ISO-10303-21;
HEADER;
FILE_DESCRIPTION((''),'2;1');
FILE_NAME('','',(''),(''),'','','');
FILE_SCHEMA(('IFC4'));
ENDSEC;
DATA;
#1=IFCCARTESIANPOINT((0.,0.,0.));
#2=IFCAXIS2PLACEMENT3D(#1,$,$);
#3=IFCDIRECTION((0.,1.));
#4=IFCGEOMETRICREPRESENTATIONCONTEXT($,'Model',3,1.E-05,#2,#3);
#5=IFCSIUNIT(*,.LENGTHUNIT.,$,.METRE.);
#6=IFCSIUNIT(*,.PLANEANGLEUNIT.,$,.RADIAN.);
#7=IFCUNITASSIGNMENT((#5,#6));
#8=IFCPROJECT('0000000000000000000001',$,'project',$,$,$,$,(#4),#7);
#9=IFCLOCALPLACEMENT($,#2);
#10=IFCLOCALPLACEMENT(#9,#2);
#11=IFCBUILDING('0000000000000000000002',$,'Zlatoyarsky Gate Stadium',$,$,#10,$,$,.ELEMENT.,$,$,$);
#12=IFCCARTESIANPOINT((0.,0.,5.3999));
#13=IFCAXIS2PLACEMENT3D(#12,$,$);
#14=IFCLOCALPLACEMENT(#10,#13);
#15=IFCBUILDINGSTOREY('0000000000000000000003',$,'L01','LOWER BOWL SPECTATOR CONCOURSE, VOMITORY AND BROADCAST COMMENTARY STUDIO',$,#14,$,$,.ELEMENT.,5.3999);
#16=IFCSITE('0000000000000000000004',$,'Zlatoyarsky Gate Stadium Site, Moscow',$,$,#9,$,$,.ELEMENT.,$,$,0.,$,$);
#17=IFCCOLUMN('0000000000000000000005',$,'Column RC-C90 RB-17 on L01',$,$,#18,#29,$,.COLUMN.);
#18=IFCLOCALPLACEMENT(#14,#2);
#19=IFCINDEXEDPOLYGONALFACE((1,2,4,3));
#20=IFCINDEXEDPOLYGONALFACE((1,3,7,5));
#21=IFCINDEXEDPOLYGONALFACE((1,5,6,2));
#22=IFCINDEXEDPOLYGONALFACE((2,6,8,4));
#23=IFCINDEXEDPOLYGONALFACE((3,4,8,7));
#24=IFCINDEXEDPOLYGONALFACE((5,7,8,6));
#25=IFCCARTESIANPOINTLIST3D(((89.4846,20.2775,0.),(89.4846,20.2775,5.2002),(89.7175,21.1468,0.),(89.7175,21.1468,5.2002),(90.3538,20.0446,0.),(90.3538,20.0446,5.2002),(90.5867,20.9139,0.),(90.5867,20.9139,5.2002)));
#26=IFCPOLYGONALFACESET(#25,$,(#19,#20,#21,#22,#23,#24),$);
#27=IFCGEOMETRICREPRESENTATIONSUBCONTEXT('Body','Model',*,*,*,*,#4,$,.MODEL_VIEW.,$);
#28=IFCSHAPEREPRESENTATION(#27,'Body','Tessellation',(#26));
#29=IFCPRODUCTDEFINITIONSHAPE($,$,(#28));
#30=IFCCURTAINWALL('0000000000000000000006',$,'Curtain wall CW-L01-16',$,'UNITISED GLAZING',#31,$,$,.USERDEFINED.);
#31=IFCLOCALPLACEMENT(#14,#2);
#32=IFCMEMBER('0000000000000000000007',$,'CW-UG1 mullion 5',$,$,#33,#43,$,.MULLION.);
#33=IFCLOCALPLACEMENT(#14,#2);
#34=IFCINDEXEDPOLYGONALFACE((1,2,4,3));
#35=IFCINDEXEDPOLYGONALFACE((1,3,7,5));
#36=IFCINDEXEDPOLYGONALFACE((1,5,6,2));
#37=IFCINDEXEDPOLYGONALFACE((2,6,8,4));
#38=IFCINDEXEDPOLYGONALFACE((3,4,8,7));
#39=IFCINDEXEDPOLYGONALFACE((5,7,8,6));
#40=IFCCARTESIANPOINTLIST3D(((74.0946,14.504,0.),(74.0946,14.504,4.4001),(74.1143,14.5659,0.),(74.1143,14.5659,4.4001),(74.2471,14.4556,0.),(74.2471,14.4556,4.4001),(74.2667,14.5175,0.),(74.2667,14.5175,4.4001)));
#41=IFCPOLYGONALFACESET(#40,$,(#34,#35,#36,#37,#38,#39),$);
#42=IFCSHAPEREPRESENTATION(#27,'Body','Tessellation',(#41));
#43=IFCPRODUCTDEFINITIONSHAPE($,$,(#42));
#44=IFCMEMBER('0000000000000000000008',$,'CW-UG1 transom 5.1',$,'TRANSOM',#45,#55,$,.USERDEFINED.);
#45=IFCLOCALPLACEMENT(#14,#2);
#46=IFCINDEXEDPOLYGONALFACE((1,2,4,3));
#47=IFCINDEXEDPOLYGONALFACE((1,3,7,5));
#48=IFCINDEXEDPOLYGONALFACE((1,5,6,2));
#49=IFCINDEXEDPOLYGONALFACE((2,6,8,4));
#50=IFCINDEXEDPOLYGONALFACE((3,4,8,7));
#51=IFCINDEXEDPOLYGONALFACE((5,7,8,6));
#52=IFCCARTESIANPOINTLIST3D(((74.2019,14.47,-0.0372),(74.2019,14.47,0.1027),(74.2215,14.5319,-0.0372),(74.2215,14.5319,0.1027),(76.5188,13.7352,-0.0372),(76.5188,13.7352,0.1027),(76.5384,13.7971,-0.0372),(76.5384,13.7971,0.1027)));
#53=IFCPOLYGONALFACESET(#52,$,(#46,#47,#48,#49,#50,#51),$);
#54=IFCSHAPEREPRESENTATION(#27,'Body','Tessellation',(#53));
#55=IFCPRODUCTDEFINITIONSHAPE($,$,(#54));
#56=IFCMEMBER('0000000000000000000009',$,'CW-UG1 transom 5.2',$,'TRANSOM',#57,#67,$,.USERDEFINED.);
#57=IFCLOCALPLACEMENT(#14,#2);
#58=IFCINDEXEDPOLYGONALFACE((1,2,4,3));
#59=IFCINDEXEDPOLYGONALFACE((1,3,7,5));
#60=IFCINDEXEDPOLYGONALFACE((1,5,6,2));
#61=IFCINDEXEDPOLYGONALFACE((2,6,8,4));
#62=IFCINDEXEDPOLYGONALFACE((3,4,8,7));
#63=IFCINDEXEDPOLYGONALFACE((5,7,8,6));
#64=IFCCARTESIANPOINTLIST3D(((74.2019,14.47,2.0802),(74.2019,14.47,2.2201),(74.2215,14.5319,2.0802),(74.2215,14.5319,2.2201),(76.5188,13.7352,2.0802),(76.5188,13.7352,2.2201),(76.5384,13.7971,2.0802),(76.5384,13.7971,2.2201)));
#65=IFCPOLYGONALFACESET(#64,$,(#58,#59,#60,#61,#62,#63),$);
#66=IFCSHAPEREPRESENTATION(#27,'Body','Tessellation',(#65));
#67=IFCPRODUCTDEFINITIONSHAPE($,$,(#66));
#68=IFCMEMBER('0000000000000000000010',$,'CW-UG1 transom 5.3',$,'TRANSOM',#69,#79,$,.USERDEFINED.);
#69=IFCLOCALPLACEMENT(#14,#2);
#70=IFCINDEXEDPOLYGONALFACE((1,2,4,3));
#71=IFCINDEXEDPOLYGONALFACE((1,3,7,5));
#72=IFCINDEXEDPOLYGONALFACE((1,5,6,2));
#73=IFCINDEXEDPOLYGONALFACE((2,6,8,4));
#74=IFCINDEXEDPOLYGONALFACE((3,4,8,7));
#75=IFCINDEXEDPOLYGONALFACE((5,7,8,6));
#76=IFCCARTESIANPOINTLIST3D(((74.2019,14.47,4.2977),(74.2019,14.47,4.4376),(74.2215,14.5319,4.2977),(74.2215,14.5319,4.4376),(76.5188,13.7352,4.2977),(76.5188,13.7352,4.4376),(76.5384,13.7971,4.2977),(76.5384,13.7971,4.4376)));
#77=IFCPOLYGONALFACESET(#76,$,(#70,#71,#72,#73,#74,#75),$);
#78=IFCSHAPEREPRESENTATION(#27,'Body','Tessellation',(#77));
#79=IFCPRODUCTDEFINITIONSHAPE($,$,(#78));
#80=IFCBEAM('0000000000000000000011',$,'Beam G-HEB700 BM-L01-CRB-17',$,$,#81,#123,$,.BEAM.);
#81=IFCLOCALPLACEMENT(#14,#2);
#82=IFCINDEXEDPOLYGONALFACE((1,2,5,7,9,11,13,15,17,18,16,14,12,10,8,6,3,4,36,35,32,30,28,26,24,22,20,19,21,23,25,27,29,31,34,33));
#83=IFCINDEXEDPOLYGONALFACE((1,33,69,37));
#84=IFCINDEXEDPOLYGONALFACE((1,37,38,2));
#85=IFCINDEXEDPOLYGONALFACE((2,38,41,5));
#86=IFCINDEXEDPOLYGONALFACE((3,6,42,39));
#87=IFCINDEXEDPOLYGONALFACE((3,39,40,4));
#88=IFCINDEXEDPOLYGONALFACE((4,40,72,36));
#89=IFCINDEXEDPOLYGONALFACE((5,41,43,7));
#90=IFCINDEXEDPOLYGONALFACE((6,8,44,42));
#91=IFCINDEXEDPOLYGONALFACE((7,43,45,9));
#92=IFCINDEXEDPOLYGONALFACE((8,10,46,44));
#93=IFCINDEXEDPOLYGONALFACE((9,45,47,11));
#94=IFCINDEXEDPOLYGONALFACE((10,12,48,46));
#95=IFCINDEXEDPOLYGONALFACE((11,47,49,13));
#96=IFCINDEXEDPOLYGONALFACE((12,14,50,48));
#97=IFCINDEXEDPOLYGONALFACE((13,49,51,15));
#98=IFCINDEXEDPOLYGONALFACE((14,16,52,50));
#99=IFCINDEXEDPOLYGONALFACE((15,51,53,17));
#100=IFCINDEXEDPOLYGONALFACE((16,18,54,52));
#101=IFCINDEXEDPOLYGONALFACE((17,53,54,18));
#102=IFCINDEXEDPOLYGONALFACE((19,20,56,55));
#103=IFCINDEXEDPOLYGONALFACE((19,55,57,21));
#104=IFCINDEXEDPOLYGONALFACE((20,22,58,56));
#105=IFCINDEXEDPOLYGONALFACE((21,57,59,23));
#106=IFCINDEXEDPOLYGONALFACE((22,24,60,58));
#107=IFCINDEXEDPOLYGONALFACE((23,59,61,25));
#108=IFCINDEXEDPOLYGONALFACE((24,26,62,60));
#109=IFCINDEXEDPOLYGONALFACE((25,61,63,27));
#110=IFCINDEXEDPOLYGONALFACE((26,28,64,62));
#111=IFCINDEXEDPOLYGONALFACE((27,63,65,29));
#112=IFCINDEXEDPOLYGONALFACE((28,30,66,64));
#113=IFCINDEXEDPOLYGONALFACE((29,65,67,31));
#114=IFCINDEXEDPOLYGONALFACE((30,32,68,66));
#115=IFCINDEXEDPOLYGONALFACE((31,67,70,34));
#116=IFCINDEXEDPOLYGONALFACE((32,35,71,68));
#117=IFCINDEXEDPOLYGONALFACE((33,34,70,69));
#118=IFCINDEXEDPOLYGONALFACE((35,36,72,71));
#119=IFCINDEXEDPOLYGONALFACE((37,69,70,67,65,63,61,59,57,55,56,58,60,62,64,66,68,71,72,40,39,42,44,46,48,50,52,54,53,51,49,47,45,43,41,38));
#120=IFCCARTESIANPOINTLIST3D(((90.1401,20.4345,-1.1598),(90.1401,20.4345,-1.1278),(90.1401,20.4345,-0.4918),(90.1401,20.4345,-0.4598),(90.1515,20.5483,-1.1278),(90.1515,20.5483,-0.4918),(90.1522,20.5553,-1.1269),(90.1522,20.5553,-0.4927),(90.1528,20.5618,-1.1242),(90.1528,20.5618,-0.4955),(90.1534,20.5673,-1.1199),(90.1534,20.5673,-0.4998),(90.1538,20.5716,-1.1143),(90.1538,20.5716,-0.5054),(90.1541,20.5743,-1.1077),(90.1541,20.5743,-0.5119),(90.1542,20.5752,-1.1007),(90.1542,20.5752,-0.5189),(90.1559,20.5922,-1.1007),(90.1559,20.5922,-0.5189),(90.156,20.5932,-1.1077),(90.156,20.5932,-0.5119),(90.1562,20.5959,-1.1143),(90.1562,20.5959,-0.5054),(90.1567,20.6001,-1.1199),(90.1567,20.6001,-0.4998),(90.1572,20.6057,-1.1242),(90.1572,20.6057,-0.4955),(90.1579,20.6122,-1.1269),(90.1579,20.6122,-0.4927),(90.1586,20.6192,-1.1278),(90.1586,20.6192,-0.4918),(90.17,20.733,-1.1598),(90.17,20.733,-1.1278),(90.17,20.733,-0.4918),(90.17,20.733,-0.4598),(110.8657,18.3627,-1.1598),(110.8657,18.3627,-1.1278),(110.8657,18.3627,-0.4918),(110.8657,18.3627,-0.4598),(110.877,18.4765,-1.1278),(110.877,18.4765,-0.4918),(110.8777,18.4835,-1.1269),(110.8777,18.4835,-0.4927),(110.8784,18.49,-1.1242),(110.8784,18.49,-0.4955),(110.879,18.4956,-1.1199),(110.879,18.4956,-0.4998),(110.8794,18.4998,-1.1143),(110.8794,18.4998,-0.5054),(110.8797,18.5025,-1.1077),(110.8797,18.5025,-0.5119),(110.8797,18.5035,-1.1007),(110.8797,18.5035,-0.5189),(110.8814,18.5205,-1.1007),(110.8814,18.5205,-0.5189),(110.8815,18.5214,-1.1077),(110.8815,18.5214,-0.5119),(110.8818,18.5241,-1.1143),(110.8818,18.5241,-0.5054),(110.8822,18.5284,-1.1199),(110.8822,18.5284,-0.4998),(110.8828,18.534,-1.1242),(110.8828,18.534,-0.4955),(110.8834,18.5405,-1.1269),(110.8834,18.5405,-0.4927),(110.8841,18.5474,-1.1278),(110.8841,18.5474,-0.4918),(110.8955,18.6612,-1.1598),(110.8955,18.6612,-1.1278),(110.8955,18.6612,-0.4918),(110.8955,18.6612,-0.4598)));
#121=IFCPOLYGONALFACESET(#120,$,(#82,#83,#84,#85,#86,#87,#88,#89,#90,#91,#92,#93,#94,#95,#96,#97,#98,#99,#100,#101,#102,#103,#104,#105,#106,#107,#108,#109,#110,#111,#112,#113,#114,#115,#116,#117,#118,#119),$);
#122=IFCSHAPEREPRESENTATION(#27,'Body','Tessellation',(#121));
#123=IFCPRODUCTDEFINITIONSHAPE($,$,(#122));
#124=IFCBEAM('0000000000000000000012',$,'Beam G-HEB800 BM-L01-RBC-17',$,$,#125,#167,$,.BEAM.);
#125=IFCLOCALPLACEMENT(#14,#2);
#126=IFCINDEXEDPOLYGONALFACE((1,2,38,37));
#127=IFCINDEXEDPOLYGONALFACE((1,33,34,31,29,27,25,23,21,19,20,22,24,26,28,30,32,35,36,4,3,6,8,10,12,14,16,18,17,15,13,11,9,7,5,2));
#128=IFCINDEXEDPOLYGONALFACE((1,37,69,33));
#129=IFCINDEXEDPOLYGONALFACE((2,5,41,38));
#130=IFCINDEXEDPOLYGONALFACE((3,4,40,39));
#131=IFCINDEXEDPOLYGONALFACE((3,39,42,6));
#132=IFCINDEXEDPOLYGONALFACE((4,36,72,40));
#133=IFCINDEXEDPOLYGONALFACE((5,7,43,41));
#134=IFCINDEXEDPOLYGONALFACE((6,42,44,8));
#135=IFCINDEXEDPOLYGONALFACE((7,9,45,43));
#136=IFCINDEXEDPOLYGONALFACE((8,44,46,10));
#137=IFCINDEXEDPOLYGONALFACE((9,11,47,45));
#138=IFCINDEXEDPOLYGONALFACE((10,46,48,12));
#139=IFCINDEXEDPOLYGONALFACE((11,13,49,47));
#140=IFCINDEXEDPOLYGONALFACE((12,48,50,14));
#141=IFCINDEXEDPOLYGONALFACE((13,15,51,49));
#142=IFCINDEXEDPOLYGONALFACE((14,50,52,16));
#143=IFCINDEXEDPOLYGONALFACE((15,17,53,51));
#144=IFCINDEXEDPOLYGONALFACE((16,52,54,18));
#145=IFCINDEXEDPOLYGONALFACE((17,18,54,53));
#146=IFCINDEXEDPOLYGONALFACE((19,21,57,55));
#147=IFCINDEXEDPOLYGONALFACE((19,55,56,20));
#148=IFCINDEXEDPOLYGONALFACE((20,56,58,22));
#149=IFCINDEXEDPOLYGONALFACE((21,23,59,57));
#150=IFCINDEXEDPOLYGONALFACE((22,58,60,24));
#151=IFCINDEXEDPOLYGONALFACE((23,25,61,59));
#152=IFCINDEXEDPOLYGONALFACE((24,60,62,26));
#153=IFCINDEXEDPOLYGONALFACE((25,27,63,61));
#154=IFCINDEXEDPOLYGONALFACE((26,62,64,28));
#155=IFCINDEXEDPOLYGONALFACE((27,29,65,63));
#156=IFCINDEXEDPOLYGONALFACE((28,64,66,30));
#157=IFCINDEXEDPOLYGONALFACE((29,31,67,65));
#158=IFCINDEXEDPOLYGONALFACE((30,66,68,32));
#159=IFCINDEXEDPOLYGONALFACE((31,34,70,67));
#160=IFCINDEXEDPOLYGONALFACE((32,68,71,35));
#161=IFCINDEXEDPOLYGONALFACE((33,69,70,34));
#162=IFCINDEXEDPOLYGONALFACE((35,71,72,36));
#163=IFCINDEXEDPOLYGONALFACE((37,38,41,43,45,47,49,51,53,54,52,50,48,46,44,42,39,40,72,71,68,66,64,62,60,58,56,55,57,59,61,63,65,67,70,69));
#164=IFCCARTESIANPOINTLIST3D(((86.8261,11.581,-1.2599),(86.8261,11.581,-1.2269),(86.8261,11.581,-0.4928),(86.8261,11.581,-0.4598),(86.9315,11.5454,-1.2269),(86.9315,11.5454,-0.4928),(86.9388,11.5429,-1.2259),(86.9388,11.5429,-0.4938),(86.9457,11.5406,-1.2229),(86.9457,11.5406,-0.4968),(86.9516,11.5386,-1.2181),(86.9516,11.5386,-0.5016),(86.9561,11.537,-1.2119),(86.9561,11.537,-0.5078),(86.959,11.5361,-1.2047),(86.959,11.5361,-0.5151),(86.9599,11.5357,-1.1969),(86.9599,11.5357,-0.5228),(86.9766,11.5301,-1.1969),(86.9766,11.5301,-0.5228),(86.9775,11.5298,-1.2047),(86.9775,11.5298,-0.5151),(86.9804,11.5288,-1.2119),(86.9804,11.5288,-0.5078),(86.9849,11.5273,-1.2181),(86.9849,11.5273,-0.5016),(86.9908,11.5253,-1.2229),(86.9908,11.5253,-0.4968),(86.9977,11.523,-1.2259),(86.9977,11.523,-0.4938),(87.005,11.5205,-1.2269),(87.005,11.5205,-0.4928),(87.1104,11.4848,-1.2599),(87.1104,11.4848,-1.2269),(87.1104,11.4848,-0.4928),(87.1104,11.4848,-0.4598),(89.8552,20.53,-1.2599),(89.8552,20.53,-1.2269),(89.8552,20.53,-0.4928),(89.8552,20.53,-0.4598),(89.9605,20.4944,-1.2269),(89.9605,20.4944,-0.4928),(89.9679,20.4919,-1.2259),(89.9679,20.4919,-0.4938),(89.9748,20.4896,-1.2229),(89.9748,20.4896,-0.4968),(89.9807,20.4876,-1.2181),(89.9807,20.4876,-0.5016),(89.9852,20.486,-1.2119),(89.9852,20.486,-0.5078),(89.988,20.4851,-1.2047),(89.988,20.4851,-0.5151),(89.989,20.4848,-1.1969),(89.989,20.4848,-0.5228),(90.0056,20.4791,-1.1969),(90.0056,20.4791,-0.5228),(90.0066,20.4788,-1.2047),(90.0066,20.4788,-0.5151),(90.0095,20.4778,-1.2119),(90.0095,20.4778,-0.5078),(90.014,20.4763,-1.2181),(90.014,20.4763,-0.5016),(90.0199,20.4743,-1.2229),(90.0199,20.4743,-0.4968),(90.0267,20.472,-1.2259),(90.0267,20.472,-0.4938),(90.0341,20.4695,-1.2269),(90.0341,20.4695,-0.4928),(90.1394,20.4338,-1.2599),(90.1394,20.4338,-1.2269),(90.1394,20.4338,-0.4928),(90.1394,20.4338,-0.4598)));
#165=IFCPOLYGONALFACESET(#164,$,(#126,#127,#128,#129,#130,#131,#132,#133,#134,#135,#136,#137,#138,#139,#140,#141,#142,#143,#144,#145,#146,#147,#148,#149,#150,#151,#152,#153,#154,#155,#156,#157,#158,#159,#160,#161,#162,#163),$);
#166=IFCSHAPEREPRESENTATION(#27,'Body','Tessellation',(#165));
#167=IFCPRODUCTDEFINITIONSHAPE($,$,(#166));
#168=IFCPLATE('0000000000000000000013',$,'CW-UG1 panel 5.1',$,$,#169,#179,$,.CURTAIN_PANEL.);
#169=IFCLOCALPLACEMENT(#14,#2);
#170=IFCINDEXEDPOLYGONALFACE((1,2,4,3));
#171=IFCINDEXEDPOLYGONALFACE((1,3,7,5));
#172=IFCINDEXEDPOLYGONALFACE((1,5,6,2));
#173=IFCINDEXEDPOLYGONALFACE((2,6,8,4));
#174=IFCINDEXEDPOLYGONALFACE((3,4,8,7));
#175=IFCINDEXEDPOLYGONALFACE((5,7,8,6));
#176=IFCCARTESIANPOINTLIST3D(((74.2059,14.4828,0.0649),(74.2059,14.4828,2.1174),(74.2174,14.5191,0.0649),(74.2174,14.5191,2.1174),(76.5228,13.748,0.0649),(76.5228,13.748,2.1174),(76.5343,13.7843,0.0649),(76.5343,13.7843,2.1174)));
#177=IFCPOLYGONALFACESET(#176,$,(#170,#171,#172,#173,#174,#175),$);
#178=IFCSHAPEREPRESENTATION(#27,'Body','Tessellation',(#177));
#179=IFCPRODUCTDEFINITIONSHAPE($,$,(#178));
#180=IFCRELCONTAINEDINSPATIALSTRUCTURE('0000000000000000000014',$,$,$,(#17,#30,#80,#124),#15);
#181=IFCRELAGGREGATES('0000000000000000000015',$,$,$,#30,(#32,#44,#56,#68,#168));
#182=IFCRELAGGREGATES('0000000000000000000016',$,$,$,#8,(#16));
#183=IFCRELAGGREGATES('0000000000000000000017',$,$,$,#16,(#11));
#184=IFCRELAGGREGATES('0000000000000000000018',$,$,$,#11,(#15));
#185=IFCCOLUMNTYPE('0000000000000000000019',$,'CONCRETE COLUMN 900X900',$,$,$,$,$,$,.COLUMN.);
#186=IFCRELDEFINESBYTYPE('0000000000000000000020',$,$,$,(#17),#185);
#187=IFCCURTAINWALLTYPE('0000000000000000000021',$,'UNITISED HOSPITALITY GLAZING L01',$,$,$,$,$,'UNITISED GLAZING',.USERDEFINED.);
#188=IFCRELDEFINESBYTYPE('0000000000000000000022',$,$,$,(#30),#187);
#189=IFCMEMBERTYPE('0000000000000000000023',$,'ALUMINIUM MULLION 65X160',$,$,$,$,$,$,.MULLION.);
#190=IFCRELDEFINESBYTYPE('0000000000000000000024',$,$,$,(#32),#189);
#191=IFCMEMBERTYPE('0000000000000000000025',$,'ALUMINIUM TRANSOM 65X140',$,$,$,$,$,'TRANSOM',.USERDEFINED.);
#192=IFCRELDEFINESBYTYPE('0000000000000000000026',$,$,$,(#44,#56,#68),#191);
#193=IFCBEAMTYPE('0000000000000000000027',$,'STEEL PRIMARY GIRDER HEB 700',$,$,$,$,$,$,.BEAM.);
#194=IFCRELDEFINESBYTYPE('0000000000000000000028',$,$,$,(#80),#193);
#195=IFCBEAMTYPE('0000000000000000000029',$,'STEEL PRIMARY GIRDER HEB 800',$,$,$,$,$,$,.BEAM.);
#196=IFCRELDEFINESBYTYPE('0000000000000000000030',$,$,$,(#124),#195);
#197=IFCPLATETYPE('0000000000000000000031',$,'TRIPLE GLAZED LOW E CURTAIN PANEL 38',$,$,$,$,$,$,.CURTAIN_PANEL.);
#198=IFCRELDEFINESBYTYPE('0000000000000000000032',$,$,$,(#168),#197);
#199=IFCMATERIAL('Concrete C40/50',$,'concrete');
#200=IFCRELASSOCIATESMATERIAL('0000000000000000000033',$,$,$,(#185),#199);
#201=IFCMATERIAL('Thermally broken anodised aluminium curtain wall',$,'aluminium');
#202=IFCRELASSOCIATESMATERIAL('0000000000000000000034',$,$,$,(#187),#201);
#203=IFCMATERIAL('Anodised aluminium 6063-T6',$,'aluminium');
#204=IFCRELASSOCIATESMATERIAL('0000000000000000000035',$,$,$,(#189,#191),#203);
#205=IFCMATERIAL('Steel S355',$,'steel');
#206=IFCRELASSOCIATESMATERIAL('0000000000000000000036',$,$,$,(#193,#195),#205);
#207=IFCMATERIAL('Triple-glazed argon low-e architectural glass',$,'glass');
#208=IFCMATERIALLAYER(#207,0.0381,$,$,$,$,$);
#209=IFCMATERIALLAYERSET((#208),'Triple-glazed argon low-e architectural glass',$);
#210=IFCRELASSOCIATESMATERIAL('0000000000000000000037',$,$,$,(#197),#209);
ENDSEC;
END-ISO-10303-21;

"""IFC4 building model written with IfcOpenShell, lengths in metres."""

from ifc_helpers import new_model, si_unit, direction, frame, origin, origin_2d, place, context, subcontext, project, spatial, rectangle, i_section, extrude, material, layer, layer_set, material_profile, profile_set, type_object, element, aggregate, save


model = new_model("IFC4")

# Units and contexts
model_context = context("Model", 3, precision=1e-05, world=origin(), true_north=direction((0.0, 1.0)))
body_context = subcontext(model_context, "Body", "Model", "MODEL_VIEW")
ifc_project = project(units=[si_unit("LENGTHUNIT", "METRE"), si_unit("PLANEANGLEUNIT", "RADIAN")], contexts=[model_context])

# Site, building, storey
site_placement = place(None, origin())
site = spatial("IfcSite", under=ifc_project, at=site_placement, Name="Zlatoyarsky Gate Stadium Site, Moscow", CompositionType="ELEMENT", RefElevation=0.0)
building_placement = place(site_placement, origin())
building = spatial("IfcBuilding", under=site, at=building_placement, Name="Zlatoyarsky Gate Stadium", CompositionType="ELEMENT")
storey_placement = place(building_placement, frame((0.0, 0.0, 5.3999)))
storey = spatial("IfcBuildingStorey", under=building, at=storey_placement, Name="L01", Description="LOWER BOWL SPECTATOR CONCOURSE, VOMITORY AND BROADCAST COMMENTARY STUDIO", CompositionType="ELEMENT", Elevation=5.3999)

# Column
ifc_material_1 = material(Name="Concrete C40/50", Category="concrete")
ifc_material_profile_1 = material_profile(ifc_material_1, rectangle(XDim=0.8999, YDim=0.8999, at=origin_2d()), Name="RC COL 900X900")
ifc_profile_set_1 = profile_set([ifc_material_profile_1], Name="Concrete C40/50")
column_type = type_object("IfcColumnType", Name="CONCRETE COLUMN 900X900", PredefinedType="COLUMN", material=ifc_profile_set_1)
column_placement = place(storey_placement, frame((90.0356, 20.5957, 0.0), z_axis=(0.0, 0.0, 1.0), x_axis=(-0.258819, -0.965926, 0.0)))
element("IfcColumn", 1, at=column_placement, inside=storey, type_object=column_type, Name="Column RC-C90 RB-17 on L01", PredefinedType="COLUMN", context=body_context, shape_type="SweptSolid", body=[
    extrude(rectangle(XDim=0.8999, YDim=0.8999, at=origin_2d()), origin(), (0.0, 0.0, 1.0), 5.2002),
])

# Curtain wall, members
ifc_material_2 = material(Name="Thermally broken anodised aluminium curtain wall", Category="aluminium")
curtain_wall_type = type_object("IfcCurtainWallType", Name="UNITISED HOSPITALITY GLAZING L01", ElementType="UNITISED GLAZING", PredefinedType="USERDEFINED", material=ifc_material_2)
curtain_wall_placement = place(storey_placement, origin())
curtain_wall = element("IfcCurtainWall", 2, at=curtain_wall_placement, inside=storey, type_object=curtain_wall_type, Name="Curtain wall CW-L01-16", ObjectType="UNITISED GLAZING", PredefinedType="USERDEFINED")
ifc_material_3 = material(Name="Anodised aluminium 6063-T6", Category="aluminium")
ifc_material_profile_2 = material_profile(ifc_material_3, rectangle(XDim=0.0649, YDim=0.1599, at=origin_2d()), Name="ALU 65X160")
ifc_profile_set_2 = profile_set([ifc_material_profile_2], Name="Anodised aluminium 6063-T6")
member_type_1 = type_object("IfcMemberType", Name="ALUMINIUM MULLION 65X160", PredefinedType="MULLION", material=ifc_profile_set_2)
member_1_placement = place(storey_placement, frame((74.1807, 14.5107, 0.0), z_axis=(0.0, 0.0, 1.0), x_axis=(0.302334, 0.953202, 0.0)))
member_1 = element("IfcMember", 3, at=member_1_placement, type_object=member_type_1, Name="CW-UG1 mullion 5", PredefinedType="MULLION", context=body_context, shape_type="SweptSolid", body=[
    extrude(rectangle(XDim=0.0649, YDim=0.1599, at=origin_2d()), origin(), (0.0, 0.0, 1.0), 4.4001),
])
ifc_material_profile_3 = material_profile(ifc_material_3, rectangle(XDim=0.0649, YDim=0.1399, at=origin_2d()), Name="ALU 65X140")
ifc_profile_set_3 = profile_set([ifc_material_profile_3], Name="Anodised aluminium 6063-T6")
member_type_2 = type_object("IfcMemberType", Name="ALUMINIUM TRANSOM 65X140", ElementType="TRANSOM", PredefinedType="USERDEFINED", material=ifc_profile_set_3)
member_2_placement = place(storey_placement, frame((74.2117, 14.501, 0.0327), z_axis=(0.953202, -0.302333, 0.0), x_axis=(0.302333, 0.953202, 0.0)))
member_2 = element("IfcMember", 4, at=member_2_placement, type_object=member_type_2, Name="CW-UG1 transom 5.1", ObjectType="TRANSOM", PredefinedType="USERDEFINED", context=body_context, shape_type="SweptSolid", body=[
    extrude(rectangle(XDim=0.0649, YDim=0.1399, at=origin_2d()), origin(), (0.0, 0.0, 1.0), 2.4307),
])
member_3_placement = place(storey_placement, frame((74.2117, 14.501, 2.1501), z_axis=(0.953202, -0.302333, 0.0), x_axis=(0.302333, 0.953202, 0.0)))
member_3 = element("IfcMember", 5, at=member_3_placement, type_object=member_type_2, Name="CW-UG1 transom 5.2", ObjectType="TRANSOM", PredefinedType="USERDEFINED", context=body_context, shape_type="SweptSolid", body=[
    extrude(rectangle(XDim=0.0649, YDim=0.1399, at=origin_2d()), origin(), (0.0, 0.0, 1.0), 2.4307),
])
member_4_placement = place(storey_placement, frame((74.2117, 14.501, 4.3677), z_axis=(0.953202, -0.302333, 0.0), x_axis=(0.302333, 0.953202, 0.0)))
member_4 = element("IfcMember", 6, at=member_4_placement, type_object=member_type_2, Name="CW-UG1 transom 5.3", ObjectType="TRANSOM", PredefinedType="USERDEFINED", context=body_context, shape_type="SweptSolid", body=[
    extrude(rectangle(XDim=0.0649, YDim=0.1399, at=origin_2d()), origin(), (0.0, 0.0, 1.0), 2.4307),
])

# Beams
ifc_material_4 = material(Name="Steel S355", Category="steel")
ifc_material_profile_4 = material_profile(ifc_material_4, i_section(OverallWidth=0.3, OverallDepth=0.7, WebThickness=0.0171, FlangeThickness=0.032, FilletRadius=0.0271, at=origin_2d()), Name="HEB 700")
ifc_profile_set_4 = profile_set([ifc_material_profile_4], Name="Steel S355")
beam_type_1 = type_object("IfcBeamType", Name="STEEL PRIMARY GIRDER HEB 700", PredefinedType="BEAM", material=ifc_profile_set_4)
beam_1_placement = place(storey_placement, frame((90.155, 20.5837, -0.8098), z_axis=(0.995041, -0.099467, 0.0), x_axis=(0.099467, 0.995041, 0.0)))
element("IfcBeam", 7, at=beam_1_placement, inside=storey, type_object=beam_type_1, Name="Beam G-HEB700 BM-L01-CRB-17", PredefinedType="BEAM", context=body_context, shape_type="SweptSolid", body=[
    extrude(i_section(OverallWidth=0.3, OverallDepth=0.7, WebThickness=0.0171, FlangeThickness=0.032, FilletRadius=0.0271, at=origin_2d()), origin(), (0.0, 0.0, 1.0), 20.8289),
])
ifc_material_profile_5 = material_profile(ifc_material_4, i_section(OverallWidth=0.3, OverallDepth=0.8, WebThickness=0.0176, FlangeThickness=0.033, FilletRadius=0.03, at=origin_2d()), Name="HEB 800")
ifc_profile_set_5 = profile_set([ifc_material_profile_5], Name="Steel S355")
beam_type_2 = type_object("IfcBeamType", Name="STEEL PRIMARY GIRDER HEB 800", PredefinedType="BEAM", material=ifc_profile_set_5)
beam_2_placement = place(storey_placement, frame((89.9973, 20.4819, -0.8599), z_axis=(-0.320612, -0.947211, 0.0), x_axis=(0.947211, -0.320612, 0.0)))
element("IfcBeam", 8, at=beam_2_placement, inside=storey, type_object=beam_type_2, Name="Beam G-HEB800 BM-L01-RBC-17", PredefinedType="BEAM", context=body_context, shape_type="SweptSolid", body=[
    extrude(i_section(OverallWidth=0.3, OverallDepth=0.8, WebThickness=0.0176, FlangeThickness=0.033, FilletRadius=0.03, at=origin_2d()), origin(), (0.0, 0.0, 1.0), 9.4478),
])

# Plate
ifc_material_5 = material(Name="Triple-glazed argon low-e architectural glass", Category="glass")
ifc_layer_1 = layer(ifc_material_5, 0.0381)
ifc_layer_set_1 = layer_set([ifc_layer_1], Name="Triple-glazed argon low-e architectural glass")
plate_type = type_object("IfcPlateType", Name="TRIPLE GLAZED LOW E CURTAIN PANEL 38", PredefinedType="CURTAIN_PANEL", material=ifc_layer_set_1)
plate_1_placement = place(storey_placement, frame((75.3701, 14.1335, 0.0649), z_axis=(0.0, 0.0, 1.0), x_axis=(0.953202, -0.302334, 0.0)))
plate_1 = element("IfcPlate", 9, at=plate_1_placement, type_object=plate_type, Name="CW-UG1 panel 5.1", PredefinedType="CURTAIN_PANEL", context=body_context, shape_type="SweptSolid", body=[
    extrude(rectangle(XDim=2.4307, YDim=0.0381, at=origin_2d()), origin(), (0.0, 0.0, 1.0), 2.0525),
])
aggregate(curtain_wall, [member_1, member_2, member_3, member_4, plate_1])

save(model, "model.ifc")
